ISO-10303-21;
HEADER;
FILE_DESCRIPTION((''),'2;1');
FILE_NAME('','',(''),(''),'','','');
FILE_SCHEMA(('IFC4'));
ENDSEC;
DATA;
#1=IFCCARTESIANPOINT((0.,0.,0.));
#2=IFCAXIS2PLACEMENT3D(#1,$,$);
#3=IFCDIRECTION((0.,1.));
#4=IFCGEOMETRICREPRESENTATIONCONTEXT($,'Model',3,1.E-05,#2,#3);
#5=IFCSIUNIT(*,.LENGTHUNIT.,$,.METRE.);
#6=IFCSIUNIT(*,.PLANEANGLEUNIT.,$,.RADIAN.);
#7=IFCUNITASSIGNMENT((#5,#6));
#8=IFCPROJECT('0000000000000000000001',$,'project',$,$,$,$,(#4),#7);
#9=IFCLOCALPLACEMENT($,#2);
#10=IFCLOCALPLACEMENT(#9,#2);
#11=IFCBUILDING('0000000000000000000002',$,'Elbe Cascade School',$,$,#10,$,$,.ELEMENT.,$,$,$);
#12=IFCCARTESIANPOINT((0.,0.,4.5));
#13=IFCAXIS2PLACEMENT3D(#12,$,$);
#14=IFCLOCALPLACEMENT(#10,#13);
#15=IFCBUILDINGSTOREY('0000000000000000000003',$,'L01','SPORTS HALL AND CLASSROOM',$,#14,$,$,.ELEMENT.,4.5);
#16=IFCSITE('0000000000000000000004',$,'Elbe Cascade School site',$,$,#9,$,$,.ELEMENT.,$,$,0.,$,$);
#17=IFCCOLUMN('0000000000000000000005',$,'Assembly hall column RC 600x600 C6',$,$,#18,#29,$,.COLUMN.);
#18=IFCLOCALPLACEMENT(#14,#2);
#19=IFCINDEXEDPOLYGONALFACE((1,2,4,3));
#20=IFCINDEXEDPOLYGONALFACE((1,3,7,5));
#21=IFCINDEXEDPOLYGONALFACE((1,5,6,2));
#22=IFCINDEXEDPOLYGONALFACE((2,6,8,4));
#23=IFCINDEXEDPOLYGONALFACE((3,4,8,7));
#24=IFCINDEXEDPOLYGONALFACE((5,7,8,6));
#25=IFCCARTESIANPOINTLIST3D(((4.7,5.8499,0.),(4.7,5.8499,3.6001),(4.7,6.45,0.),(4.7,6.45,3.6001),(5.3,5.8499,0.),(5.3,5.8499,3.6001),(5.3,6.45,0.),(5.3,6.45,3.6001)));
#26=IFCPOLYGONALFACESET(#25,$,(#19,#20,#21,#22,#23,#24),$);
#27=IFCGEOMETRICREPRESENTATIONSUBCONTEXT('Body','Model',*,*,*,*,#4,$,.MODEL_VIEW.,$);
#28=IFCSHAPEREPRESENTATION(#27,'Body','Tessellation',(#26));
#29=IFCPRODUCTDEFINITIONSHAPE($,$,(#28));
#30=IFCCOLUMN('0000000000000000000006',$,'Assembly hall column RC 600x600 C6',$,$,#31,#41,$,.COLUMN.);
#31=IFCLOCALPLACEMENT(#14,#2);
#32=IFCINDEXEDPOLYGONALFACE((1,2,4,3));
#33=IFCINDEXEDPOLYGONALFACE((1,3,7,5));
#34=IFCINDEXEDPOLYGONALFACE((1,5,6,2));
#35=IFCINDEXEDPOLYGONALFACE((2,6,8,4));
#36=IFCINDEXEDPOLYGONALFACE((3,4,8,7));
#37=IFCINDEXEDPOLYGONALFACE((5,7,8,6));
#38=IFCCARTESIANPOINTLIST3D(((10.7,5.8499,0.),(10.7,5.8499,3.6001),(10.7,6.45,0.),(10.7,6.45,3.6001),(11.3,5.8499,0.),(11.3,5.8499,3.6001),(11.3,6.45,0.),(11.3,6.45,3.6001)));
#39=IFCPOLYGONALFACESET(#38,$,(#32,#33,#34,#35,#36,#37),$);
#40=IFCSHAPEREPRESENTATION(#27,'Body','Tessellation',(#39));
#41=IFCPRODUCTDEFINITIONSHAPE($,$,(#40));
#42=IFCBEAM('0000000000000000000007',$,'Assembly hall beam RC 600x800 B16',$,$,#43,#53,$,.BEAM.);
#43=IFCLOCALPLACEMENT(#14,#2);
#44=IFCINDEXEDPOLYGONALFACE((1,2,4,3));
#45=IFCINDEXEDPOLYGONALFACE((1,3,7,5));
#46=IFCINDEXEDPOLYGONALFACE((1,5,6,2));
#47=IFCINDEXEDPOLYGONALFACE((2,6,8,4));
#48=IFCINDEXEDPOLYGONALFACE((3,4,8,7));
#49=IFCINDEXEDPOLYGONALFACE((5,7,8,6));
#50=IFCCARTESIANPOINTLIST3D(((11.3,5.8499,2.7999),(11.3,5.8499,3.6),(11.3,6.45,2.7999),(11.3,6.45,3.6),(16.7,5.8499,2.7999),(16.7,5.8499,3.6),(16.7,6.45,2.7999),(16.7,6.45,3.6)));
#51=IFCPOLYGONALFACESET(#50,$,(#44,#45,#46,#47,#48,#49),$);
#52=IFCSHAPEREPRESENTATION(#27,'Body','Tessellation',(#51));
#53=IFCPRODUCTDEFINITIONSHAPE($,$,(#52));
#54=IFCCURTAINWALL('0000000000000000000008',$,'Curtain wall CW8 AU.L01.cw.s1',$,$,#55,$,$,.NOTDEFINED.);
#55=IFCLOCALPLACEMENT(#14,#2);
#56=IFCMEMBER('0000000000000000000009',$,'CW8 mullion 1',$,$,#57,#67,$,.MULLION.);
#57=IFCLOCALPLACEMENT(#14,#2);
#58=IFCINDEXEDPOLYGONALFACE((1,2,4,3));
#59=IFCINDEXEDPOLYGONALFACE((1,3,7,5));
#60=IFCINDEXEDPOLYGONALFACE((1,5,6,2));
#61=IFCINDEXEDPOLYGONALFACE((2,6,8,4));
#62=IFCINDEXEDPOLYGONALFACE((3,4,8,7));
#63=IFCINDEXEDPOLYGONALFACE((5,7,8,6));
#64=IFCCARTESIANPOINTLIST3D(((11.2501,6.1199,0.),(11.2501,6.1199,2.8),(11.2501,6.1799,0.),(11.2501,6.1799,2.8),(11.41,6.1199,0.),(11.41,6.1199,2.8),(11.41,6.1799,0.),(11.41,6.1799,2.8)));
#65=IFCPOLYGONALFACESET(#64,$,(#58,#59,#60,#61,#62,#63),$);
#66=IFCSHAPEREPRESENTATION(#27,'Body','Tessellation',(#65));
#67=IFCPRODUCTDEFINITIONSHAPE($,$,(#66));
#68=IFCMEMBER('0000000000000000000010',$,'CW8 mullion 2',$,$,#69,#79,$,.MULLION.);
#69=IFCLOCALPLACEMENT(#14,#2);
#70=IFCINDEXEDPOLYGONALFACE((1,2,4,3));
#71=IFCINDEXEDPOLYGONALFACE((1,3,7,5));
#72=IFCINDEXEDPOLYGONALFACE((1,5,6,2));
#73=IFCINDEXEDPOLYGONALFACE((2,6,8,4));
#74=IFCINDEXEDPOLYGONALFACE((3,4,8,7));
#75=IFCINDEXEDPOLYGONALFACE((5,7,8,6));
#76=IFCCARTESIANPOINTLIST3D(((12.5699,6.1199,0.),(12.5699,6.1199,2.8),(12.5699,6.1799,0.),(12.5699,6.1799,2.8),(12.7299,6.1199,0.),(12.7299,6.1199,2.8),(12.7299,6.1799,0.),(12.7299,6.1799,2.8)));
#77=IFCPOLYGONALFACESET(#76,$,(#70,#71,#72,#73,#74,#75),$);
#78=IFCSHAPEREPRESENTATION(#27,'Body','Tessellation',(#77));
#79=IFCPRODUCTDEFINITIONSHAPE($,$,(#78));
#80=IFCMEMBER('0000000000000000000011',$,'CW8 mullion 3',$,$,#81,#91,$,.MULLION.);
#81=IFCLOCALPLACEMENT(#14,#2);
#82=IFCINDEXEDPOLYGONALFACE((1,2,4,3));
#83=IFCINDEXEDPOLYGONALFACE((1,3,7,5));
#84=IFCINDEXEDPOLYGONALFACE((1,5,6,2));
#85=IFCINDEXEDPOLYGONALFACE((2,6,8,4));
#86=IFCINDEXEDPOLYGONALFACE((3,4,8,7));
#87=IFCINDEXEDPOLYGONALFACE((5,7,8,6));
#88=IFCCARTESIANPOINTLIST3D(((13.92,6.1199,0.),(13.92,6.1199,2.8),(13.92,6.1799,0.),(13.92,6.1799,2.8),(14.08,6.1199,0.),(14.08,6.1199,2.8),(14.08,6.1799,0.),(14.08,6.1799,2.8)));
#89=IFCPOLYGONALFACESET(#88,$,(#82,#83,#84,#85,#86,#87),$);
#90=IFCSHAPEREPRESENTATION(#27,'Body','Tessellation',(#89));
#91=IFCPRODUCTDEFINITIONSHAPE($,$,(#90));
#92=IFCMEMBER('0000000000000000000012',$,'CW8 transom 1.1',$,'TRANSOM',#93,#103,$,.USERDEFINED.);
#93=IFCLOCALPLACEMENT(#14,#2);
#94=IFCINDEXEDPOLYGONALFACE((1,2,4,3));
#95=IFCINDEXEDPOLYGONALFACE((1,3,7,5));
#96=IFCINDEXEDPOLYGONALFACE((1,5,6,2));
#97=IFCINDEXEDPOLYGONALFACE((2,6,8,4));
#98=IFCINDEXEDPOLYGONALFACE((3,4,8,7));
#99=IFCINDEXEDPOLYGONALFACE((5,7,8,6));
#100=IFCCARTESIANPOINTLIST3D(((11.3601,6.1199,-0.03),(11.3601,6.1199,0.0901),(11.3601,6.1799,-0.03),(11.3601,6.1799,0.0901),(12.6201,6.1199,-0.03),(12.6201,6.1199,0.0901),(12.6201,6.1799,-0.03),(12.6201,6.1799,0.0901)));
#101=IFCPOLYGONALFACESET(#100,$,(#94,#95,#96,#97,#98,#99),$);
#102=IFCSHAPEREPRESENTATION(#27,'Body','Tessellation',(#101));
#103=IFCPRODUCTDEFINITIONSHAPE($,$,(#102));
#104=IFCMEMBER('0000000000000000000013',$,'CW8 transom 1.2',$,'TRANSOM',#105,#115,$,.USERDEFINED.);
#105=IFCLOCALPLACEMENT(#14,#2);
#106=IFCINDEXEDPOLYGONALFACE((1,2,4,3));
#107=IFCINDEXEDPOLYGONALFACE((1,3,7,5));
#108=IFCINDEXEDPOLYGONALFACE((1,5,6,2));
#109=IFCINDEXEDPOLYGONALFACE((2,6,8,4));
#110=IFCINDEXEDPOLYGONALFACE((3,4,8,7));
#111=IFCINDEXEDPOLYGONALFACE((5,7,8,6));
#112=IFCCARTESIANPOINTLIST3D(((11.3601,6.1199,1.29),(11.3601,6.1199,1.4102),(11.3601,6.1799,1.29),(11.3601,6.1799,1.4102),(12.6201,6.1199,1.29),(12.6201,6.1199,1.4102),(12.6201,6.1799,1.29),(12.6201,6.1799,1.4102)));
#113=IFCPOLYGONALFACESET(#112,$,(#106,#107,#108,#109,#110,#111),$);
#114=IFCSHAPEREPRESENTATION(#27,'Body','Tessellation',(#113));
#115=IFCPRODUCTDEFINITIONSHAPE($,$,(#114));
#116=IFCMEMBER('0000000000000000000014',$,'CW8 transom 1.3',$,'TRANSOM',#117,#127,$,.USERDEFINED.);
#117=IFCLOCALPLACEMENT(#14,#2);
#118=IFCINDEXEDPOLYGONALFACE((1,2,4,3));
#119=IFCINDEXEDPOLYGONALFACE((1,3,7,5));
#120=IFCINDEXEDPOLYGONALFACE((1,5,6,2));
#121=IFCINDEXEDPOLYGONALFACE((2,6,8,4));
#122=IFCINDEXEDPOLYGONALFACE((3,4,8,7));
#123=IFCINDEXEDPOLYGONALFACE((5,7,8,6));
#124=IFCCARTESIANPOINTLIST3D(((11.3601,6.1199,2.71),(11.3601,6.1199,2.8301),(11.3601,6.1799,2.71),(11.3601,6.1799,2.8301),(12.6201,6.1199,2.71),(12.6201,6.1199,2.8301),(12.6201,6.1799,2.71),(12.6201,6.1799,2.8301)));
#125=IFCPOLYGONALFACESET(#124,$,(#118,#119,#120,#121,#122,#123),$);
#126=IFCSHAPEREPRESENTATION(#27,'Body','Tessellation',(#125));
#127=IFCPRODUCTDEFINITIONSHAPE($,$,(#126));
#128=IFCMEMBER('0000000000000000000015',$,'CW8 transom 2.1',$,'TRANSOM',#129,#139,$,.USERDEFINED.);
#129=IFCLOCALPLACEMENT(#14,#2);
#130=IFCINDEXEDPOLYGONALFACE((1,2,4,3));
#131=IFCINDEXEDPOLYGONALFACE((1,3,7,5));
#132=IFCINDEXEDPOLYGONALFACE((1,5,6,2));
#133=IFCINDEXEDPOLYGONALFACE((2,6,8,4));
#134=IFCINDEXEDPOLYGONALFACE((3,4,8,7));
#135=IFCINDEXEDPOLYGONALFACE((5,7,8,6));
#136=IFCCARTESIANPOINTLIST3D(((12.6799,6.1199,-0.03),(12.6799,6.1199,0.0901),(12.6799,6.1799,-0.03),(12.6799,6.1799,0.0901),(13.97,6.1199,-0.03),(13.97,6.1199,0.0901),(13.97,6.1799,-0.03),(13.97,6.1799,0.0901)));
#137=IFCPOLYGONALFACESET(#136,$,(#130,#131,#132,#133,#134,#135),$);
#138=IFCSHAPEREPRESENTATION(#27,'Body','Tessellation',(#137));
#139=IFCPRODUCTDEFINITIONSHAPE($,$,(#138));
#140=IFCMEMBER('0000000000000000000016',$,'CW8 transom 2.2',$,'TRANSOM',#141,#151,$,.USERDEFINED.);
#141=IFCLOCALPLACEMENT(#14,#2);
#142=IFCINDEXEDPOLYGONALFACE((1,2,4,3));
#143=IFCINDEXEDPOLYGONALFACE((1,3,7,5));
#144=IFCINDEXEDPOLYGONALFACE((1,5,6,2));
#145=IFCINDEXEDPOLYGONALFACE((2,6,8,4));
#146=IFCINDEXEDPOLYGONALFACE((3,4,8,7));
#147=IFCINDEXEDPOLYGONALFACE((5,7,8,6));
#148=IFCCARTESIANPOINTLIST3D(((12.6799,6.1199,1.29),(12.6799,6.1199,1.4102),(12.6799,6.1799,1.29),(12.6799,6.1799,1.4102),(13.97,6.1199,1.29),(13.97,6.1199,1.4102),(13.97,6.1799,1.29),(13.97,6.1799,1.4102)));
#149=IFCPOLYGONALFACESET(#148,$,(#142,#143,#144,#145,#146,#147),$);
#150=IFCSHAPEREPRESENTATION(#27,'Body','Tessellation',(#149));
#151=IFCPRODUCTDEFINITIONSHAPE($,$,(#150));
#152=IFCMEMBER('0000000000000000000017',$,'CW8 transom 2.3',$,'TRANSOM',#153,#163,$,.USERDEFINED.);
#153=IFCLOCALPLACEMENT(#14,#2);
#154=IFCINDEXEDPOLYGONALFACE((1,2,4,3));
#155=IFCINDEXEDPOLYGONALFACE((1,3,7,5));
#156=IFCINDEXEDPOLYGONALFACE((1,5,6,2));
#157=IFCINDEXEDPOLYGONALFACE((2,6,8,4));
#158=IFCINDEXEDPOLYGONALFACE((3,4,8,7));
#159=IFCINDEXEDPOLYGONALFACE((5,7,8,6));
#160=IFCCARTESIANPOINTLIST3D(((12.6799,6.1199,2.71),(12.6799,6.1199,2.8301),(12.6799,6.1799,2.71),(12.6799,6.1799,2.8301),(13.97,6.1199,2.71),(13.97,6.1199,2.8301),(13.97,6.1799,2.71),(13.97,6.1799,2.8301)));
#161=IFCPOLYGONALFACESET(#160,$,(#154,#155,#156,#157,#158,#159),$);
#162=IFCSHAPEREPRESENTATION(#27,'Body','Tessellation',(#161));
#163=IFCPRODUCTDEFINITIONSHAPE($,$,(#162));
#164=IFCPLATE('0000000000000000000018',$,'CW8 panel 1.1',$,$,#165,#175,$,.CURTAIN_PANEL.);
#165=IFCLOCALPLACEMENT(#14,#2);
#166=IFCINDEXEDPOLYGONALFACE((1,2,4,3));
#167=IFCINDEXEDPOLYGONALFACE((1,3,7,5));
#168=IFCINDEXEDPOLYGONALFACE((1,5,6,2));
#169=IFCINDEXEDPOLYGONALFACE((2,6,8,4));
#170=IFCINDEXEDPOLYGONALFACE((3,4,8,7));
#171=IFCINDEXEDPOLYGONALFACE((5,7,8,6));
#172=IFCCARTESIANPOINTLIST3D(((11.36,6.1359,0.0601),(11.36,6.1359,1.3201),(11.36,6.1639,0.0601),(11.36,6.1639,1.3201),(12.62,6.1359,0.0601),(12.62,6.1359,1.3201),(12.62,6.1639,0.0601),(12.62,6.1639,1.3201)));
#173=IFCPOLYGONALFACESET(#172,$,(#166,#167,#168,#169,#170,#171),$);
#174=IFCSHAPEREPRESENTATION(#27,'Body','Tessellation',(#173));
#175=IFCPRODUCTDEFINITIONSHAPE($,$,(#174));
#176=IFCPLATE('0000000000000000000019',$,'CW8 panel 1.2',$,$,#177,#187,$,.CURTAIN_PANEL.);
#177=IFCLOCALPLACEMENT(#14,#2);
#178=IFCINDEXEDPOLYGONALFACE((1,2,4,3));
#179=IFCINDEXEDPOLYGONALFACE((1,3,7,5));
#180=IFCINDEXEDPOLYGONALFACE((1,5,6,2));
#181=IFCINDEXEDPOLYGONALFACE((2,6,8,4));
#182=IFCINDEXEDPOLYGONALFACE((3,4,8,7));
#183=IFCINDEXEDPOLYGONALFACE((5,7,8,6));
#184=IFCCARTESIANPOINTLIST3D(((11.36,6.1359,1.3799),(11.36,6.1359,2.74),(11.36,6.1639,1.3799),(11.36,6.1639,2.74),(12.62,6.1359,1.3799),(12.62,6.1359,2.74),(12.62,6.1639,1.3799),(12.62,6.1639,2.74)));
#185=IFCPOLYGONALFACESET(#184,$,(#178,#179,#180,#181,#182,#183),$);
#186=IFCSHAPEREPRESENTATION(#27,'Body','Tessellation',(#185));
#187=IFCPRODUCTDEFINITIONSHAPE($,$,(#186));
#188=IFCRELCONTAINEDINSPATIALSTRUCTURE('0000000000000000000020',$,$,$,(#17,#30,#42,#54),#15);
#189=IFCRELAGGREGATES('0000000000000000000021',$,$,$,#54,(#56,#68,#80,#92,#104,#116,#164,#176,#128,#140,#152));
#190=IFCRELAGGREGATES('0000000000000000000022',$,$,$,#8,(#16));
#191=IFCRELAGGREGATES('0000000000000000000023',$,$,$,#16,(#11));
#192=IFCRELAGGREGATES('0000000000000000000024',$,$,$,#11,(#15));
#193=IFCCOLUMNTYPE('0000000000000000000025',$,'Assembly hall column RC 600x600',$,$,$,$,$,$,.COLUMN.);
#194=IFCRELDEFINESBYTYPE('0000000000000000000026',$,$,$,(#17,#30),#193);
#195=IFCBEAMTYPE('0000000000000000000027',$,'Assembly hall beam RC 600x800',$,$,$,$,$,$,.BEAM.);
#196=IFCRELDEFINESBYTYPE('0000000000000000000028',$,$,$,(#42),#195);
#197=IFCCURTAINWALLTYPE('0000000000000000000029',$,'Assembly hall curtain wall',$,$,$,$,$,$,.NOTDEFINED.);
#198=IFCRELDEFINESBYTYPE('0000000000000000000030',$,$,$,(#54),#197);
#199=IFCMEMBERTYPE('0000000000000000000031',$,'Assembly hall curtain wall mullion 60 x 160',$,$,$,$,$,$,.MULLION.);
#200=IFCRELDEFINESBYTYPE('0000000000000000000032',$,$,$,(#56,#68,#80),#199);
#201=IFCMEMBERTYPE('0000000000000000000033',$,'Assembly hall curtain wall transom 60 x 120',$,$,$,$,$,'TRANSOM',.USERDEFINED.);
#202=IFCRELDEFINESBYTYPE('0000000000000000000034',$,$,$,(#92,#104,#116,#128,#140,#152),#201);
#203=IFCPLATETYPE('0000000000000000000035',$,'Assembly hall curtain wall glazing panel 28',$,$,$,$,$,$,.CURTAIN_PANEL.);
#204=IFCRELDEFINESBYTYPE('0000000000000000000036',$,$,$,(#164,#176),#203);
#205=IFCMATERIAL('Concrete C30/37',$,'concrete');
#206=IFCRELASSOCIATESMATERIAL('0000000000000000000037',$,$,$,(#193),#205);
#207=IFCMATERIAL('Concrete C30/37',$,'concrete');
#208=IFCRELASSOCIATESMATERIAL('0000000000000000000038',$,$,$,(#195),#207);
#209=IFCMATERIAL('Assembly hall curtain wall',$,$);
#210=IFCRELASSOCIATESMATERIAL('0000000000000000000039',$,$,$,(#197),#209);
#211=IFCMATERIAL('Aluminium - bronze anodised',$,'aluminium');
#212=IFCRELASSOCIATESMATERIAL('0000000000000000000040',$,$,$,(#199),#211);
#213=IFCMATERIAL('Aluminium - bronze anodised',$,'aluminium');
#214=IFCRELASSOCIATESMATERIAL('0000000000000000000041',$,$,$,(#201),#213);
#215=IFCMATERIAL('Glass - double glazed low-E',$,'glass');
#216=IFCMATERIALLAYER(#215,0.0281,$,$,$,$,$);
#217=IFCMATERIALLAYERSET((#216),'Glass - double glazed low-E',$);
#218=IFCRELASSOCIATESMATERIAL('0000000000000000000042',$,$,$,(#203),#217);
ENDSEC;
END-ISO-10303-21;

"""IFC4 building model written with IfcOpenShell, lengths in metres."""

from ifc_helpers import new_model, si_unit, direction, frame, origin, origin_2d, place, context, subcontext, project, spatial, rectangle, extrude, material, layer, layer_set, material_profile, profile_set, type_object, element, aggregate, save


model = new_model("IFC4")

# Units and contexts
model_context = context("Model", 3, precision=1e-05, world=origin(), true_north=direction((0.0, 1.0)))
body_context = subcontext(model_context, "Body", "Model", "MODEL_VIEW")
ifc_project = project(units=[si_unit("LENGTHUNIT", "METRE"), si_unit("PLANEANGLEUNIT", "RADIAN")], contexts=[model_context])

# Site, building, storey
site_placement = place(None, origin())
site = spatial("IfcSite", under=ifc_project, at=site_placement, Name="Elbe Cascade School site", CompositionType="ELEMENT", RefElevation=0.0)
building_placement = place(site_placement, origin())
building = spatial("IfcBuilding", under=site, at=building_placement, Name="Elbe Cascade School", CompositionType="ELEMENT")
storey_placement = place(building_placement, frame((0.0, 0.0, 4.5)))
storey = spatial("IfcBuildingStorey", under=building, at=storey_placement, Name="L01", Description="SPORTS HALL AND CLASSROOM", CompositionType="ELEMENT", Elevation=4.5)

# Columns
ifc_material_1 = material(Name="Concrete C30/37", Category="concrete")
ifc_material_profile_1 = material_profile(ifc_material_1, rectangle(XDim=0.6001, YDim=0.6001, at=origin_2d()), Name="RC 600x600")
ifc_profile_set_1 = profile_set([ifc_material_profile_1], Name="Concrete C30/37")
column_type = type_object("IfcColumnType", Name="Assembly hall column RC 600x600", PredefinedType="COLUMN", material=ifc_profile_set_1)
for number, where, z_axis, x_axis, name in (
    (1, (5.0, 6.1499, 0.0), (0.0, 0.0, 1.0), (1.0, 0.0, 0.0), "Assembly hall column RC 600x600 C6"),
    (2, (11.0, 6.1499, 0.0), (0.0, 0.0, 1.0), (1.0, 0.0, 0.0), "Assembly hall column RC 600x600 C6"),
):
    element("IfcColumn", number, at=place(storey_placement, frame(where, z_axis=z_axis, x_axis=x_axis)), inside=storey, type_object=column_type, Name=name, PredefinedType="COLUMN", context=body_context, shape_type="SweptSolid", body=[
        extrude(rectangle(XDim=0.6001, YDim=0.6001, at=origin_2d()), origin(), (0.0, 0.0, 1.0), 3.6001),
    ])

# Beam
ifc_material_2 = material(Name="Concrete C30/37", Category="concrete")
ifc_material_profile_2 = material_profile(ifc_material_2, rectangle(XDim=0.6001, YDim=0.8, at=origin_2d()), Name="RC 600x800")
ifc_profile_set_2 = profile_set([ifc_material_profile_2], Name="Concrete C30/37")
beam_type = type_object("IfcBeamType", Name="Assembly hall beam RC 600x800", PredefinedType="BEAM", material=ifc_profile_set_2)
beam_placement = place(storey_placement, frame((11.3, 6.1499, 3.2), z_axis=(1.0, 0.0, 0.0), x_axis=(0.0, 1.0, 0.0)))
element("IfcBeam", 3, at=beam_placement, inside=storey, type_object=beam_type, Name="Assembly hall beam RC 600x800 B16", PredefinedType="BEAM", context=body_context, shape_type="SweptSolid", body=[
    extrude(rectangle(XDim=0.6001, YDim=0.8, at=origin_2d()), origin(), (0.0, 0.0, 1.0), 5.3999),
])

# Curtain wall, members, plates
ifc_material_3 = material(Name="Assembly hall curtain wall")
curtain_wall_type = type_object("IfcCurtainWallType", Name="Assembly hall curtain wall", PredefinedType="NOTDEFINED", material=ifc_material_3)
curtain_wall_placement = place(storey_placement, origin())
curtain_wall = element("IfcCurtainWall", 4, at=curtain_wall_placement, inside=storey, type_object=curtain_wall_type, Name="Curtain wall CW8 AU.L01.cw.s1", PredefinedType="NOTDEFINED")
ifc_material_4 = material(Name="Aluminium - bronze anodised", Category="aluminium")
ifc_material_profile_3 = material_profile(ifc_material_4, rectangle(XDim=0.0601, YDim=0.1599, at=origin_2d()), Name="RECT 60x160")
ifc_profile_set_3 = profile_set([ifc_material_profile_3], Name="Aluminium - bronze anodised")
member_type_1 = type_object("IfcMemberType", Name="Assembly hall curtain wall mullion 60 x 160", PredefinedType="MULLION", material=ifc_profile_set_3)
member_1_placement = place(storey_placement, frame((11.3301, 6.1499, 0.0), z_axis=(0.0, 0.0, 1.0), x_axis=(0.0, 1.0, 0.0)))
member_1 = element("IfcMember", 5, at=member_1_placement, type_object=member_type_1, Name="CW8 mullion 1", PredefinedType="MULLION", context=body_context, shape_type="SweptSolid", body=[
    extrude(rectangle(XDim=0.0601, YDim=0.1599, at=origin_2d()), origin(), (0.0, 0.0, 1.0), 2.8),
])
member_2_placement = place(storey_placement, frame((12.6499, 6.1499, 0.0), z_axis=(0.0, 0.0, 1.0), x_axis=(0.0, 1.0, 0.0)))
member_2 = element("IfcMember", 6, at=member_2_placement, type_object=member_type_1, Name="CW8 mullion 2", PredefinedType="MULLION", context=body_context, shape_type="SweptSolid", body=[
    extrude(rectangle(XDim=0.0601, YDim=0.1599, at=origin_2d()), origin(), (0.0, 0.0, 1.0), 2.8),
])
member_3_placement = place(storey_placement, frame((14.0, 6.1499, 0.0), z_axis=(0.0, 0.0, 1.0), x_axis=(0.0, 1.0, 0.0)))
member_3 = element("IfcMember", 7, at=member_3_placement, type_object=member_type_1, Name="CW8 mullion 3", PredefinedType="MULLION", context=body_context, shape_type="SweptSolid", body=[
    extrude(rectangle(XDim=0.0601, YDim=0.1599, at=origin_2d()), origin(), (0.0, 0.0, 1.0), 2.8),
])
ifc_material_5 = material(Name="Aluminium - bronze anodised", Category="aluminium")
ifc_material_profile_4 = material_profile(ifc_material_5, rectangle(XDim=0.0601, YDim=0.1201, at=origin_2d()), Name="RECT 60x120")
ifc_profile_set_4 = profile_set([ifc_material_profile_4], Name="Aluminium - bronze anodised")
member_type_2 = type_object("IfcMemberType", Name="Assembly hall curtain wall transom 60 x 120", ElementType="TRANSOM", PredefinedType="USERDEFINED", material=ifc_profile_set_4)
member_4_placement = place(storey_placement, frame((11.3601, 6.1499, 0.03), z_axis=(1.0, 0.0, 0.0), x_axis=(0.0, 1.0, 0.0)))
member_4 = element("IfcMember", 8, at=member_4_placement, type_object=member_type_2, Name="CW8 transom 1.1", ObjectType="TRANSOM", PredefinedType="USERDEFINED", context=body_context, shape_type="SweptSolid", body=[
    extrude(rectangle(XDim=0.0601, YDim=0.1201, at=origin_2d()), origin(), (0.0, 0.0, 1.0), 1.26),
])
member_5_placement = place(storey_placement, frame((11.3601, 6.1499, 1.3501), z_axis=(1.0, 0.0, 0.0), x_axis=(0.0, 1.0, 0.0)))
member_5 = element("IfcMember", 9, at=member_5_placement, type_object=member_type_2, Name="CW8 transom 1.2", ObjectType="TRANSOM", PredefinedType="USERDEFINED", context=body_context, shape_type="SweptSolid", body=[
    extrude(rectangle(XDim=0.0601, YDim=0.1201, at=origin_2d()), origin(), (0.0, 0.0, 1.0), 1.26),
])
member_6_placement = place(storey_placement, frame((11.3601, 6.1499, 2.77), z_axis=(1.0, 0.0, 0.0), x_axis=(0.0, 1.0, 0.0)))
member_6 = element("IfcMember", 10, at=member_6_placement, type_object=member_type_2, Name="CW8 transom 1.3", ObjectType="TRANSOM", PredefinedType="USERDEFINED", context=body_context, shape_type="SweptSolid", body=[
    extrude(rectangle(XDim=0.0601, YDim=0.1201, at=origin_2d()), origin(), (0.0, 0.0, 1.0), 1.26),
])
member_7_placement = place(storey_placement, frame((12.6799, 6.1499, 0.03), z_axis=(1.0, 0.0, 0.0), x_axis=(0.0, 1.0, 0.0)))
member_7 = element("IfcMember", 11, at=member_7_placement, type_object=member_type_2, Name="CW8 transom 2.1", ObjectType="TRANSOM", PredefinedType="USERDEFINED", context=body_context, shape_type="SweptSolid", body=[
    extrude(rectangle(XDim=0.0601, YDim=0.1201, at=origin_2d()), origin(), (0.0, 0.0, 1.0), 1.29),
])
member_8_placement = place(storey_placement, frame((12.6799, 6.1499, 1.3501), z_axis=(1.0, 0.0, 0.0), x_axis=(0.0, 1.0, 0.0)))
member_8 = element("IfcMember", 12, at=member_8_placement, type_object=member_type_2, Name="CW8 transom 2.2", ObjectType="TRANSOM", PredefinedType="USERDEFINED", context=body_context, shape_type="SweptSolid", body=[
    extrude(rectangle(XDim=0.0601, YDim=0.1201, at=origin_2d()), origin(), (0.0, 0.0, 1.0), 1.29),
])
member_9_placement = place(storey_placement, frame((12.6799, 6.1499, 2.77), z_axis=(1.0, 0.0, 0.0), x_axis=(0.0, 1.0, 0.0)))
member_9 = element("IfcMember", 13, at=member_9_placement, type_object=member_type_2, Name="CW8 transom 2.3", ObjectType="TRANSOM", PredefinedType="USERDEFINED", context=body_context, shape_type="SweptSolid", body=[
    extrude(rectangle(XDim=0.0601, YDim=0.1201, at=origin_2d()), origin(), (0.0, 0.0, 1.0), 1.29),
])
ifc_material_6 = material(Name="Glass - double glazed low-E", Category="glass")
ifc_layer_1 = layer(ifc_material_6, 0.0281)
ifc_layer_set_1 = layer_set([ifc_layer_1], Name="Glass - double glazed low-E")
plate_type = type_object("IfcPlateType", Name="Assembly hall curtain wall glazing panel 28", PredefinedType="CURTAIN_PANEL", material=ifc_layer_set_1)
plate_1_placement = place(storey_placement, frame((11.99, 6.1499, 0.0601), z_axis=(0.0, 0.0, 1.0), x_axis=(1.0, 0.0, 0.0)))
plate_1 = element("IfcPlate", 14, at=plate_1_placement, type_object=plate_type, Name="CW8 panel 1.1", PredefinedType="CURTAIN_PANEL", context=body_context, shape_type="SweptSolid", body=[
    extrude(rectangle(XDim=1.26, YDim=0.0281, at=origin_2d()), origin(), (0.0, 0.0, 1.0), 1.26),
])
plate_2_placement = place(storey_placement, frame((11.99, 6.1499, 1.3799), z_axis=(0.0, 0.0, 1.0), x_axis=(1.0, 0.0, 0.0)))
plate_2 = element("IfcPlate", 15, at=plate_2_placement, type_object=plate_type, Name="CW8 panel 1.2", PredefinedType="CURTAIN_PANEL", context=body_context, shape_type="SweptSolid", body=[
    extrude(rectangle(XDim=1.26, YDim=0.0281, at=origin_2d()), origin(), (0.0, 0.0, 1.0), 1.3601),
])
aggregate(curtain_wall, [member_1, member_2, member_3, member_4, member_5, member_6, plate_1, plate_2, member_7, member_8, member_9])

save(model, "model.ifc")
